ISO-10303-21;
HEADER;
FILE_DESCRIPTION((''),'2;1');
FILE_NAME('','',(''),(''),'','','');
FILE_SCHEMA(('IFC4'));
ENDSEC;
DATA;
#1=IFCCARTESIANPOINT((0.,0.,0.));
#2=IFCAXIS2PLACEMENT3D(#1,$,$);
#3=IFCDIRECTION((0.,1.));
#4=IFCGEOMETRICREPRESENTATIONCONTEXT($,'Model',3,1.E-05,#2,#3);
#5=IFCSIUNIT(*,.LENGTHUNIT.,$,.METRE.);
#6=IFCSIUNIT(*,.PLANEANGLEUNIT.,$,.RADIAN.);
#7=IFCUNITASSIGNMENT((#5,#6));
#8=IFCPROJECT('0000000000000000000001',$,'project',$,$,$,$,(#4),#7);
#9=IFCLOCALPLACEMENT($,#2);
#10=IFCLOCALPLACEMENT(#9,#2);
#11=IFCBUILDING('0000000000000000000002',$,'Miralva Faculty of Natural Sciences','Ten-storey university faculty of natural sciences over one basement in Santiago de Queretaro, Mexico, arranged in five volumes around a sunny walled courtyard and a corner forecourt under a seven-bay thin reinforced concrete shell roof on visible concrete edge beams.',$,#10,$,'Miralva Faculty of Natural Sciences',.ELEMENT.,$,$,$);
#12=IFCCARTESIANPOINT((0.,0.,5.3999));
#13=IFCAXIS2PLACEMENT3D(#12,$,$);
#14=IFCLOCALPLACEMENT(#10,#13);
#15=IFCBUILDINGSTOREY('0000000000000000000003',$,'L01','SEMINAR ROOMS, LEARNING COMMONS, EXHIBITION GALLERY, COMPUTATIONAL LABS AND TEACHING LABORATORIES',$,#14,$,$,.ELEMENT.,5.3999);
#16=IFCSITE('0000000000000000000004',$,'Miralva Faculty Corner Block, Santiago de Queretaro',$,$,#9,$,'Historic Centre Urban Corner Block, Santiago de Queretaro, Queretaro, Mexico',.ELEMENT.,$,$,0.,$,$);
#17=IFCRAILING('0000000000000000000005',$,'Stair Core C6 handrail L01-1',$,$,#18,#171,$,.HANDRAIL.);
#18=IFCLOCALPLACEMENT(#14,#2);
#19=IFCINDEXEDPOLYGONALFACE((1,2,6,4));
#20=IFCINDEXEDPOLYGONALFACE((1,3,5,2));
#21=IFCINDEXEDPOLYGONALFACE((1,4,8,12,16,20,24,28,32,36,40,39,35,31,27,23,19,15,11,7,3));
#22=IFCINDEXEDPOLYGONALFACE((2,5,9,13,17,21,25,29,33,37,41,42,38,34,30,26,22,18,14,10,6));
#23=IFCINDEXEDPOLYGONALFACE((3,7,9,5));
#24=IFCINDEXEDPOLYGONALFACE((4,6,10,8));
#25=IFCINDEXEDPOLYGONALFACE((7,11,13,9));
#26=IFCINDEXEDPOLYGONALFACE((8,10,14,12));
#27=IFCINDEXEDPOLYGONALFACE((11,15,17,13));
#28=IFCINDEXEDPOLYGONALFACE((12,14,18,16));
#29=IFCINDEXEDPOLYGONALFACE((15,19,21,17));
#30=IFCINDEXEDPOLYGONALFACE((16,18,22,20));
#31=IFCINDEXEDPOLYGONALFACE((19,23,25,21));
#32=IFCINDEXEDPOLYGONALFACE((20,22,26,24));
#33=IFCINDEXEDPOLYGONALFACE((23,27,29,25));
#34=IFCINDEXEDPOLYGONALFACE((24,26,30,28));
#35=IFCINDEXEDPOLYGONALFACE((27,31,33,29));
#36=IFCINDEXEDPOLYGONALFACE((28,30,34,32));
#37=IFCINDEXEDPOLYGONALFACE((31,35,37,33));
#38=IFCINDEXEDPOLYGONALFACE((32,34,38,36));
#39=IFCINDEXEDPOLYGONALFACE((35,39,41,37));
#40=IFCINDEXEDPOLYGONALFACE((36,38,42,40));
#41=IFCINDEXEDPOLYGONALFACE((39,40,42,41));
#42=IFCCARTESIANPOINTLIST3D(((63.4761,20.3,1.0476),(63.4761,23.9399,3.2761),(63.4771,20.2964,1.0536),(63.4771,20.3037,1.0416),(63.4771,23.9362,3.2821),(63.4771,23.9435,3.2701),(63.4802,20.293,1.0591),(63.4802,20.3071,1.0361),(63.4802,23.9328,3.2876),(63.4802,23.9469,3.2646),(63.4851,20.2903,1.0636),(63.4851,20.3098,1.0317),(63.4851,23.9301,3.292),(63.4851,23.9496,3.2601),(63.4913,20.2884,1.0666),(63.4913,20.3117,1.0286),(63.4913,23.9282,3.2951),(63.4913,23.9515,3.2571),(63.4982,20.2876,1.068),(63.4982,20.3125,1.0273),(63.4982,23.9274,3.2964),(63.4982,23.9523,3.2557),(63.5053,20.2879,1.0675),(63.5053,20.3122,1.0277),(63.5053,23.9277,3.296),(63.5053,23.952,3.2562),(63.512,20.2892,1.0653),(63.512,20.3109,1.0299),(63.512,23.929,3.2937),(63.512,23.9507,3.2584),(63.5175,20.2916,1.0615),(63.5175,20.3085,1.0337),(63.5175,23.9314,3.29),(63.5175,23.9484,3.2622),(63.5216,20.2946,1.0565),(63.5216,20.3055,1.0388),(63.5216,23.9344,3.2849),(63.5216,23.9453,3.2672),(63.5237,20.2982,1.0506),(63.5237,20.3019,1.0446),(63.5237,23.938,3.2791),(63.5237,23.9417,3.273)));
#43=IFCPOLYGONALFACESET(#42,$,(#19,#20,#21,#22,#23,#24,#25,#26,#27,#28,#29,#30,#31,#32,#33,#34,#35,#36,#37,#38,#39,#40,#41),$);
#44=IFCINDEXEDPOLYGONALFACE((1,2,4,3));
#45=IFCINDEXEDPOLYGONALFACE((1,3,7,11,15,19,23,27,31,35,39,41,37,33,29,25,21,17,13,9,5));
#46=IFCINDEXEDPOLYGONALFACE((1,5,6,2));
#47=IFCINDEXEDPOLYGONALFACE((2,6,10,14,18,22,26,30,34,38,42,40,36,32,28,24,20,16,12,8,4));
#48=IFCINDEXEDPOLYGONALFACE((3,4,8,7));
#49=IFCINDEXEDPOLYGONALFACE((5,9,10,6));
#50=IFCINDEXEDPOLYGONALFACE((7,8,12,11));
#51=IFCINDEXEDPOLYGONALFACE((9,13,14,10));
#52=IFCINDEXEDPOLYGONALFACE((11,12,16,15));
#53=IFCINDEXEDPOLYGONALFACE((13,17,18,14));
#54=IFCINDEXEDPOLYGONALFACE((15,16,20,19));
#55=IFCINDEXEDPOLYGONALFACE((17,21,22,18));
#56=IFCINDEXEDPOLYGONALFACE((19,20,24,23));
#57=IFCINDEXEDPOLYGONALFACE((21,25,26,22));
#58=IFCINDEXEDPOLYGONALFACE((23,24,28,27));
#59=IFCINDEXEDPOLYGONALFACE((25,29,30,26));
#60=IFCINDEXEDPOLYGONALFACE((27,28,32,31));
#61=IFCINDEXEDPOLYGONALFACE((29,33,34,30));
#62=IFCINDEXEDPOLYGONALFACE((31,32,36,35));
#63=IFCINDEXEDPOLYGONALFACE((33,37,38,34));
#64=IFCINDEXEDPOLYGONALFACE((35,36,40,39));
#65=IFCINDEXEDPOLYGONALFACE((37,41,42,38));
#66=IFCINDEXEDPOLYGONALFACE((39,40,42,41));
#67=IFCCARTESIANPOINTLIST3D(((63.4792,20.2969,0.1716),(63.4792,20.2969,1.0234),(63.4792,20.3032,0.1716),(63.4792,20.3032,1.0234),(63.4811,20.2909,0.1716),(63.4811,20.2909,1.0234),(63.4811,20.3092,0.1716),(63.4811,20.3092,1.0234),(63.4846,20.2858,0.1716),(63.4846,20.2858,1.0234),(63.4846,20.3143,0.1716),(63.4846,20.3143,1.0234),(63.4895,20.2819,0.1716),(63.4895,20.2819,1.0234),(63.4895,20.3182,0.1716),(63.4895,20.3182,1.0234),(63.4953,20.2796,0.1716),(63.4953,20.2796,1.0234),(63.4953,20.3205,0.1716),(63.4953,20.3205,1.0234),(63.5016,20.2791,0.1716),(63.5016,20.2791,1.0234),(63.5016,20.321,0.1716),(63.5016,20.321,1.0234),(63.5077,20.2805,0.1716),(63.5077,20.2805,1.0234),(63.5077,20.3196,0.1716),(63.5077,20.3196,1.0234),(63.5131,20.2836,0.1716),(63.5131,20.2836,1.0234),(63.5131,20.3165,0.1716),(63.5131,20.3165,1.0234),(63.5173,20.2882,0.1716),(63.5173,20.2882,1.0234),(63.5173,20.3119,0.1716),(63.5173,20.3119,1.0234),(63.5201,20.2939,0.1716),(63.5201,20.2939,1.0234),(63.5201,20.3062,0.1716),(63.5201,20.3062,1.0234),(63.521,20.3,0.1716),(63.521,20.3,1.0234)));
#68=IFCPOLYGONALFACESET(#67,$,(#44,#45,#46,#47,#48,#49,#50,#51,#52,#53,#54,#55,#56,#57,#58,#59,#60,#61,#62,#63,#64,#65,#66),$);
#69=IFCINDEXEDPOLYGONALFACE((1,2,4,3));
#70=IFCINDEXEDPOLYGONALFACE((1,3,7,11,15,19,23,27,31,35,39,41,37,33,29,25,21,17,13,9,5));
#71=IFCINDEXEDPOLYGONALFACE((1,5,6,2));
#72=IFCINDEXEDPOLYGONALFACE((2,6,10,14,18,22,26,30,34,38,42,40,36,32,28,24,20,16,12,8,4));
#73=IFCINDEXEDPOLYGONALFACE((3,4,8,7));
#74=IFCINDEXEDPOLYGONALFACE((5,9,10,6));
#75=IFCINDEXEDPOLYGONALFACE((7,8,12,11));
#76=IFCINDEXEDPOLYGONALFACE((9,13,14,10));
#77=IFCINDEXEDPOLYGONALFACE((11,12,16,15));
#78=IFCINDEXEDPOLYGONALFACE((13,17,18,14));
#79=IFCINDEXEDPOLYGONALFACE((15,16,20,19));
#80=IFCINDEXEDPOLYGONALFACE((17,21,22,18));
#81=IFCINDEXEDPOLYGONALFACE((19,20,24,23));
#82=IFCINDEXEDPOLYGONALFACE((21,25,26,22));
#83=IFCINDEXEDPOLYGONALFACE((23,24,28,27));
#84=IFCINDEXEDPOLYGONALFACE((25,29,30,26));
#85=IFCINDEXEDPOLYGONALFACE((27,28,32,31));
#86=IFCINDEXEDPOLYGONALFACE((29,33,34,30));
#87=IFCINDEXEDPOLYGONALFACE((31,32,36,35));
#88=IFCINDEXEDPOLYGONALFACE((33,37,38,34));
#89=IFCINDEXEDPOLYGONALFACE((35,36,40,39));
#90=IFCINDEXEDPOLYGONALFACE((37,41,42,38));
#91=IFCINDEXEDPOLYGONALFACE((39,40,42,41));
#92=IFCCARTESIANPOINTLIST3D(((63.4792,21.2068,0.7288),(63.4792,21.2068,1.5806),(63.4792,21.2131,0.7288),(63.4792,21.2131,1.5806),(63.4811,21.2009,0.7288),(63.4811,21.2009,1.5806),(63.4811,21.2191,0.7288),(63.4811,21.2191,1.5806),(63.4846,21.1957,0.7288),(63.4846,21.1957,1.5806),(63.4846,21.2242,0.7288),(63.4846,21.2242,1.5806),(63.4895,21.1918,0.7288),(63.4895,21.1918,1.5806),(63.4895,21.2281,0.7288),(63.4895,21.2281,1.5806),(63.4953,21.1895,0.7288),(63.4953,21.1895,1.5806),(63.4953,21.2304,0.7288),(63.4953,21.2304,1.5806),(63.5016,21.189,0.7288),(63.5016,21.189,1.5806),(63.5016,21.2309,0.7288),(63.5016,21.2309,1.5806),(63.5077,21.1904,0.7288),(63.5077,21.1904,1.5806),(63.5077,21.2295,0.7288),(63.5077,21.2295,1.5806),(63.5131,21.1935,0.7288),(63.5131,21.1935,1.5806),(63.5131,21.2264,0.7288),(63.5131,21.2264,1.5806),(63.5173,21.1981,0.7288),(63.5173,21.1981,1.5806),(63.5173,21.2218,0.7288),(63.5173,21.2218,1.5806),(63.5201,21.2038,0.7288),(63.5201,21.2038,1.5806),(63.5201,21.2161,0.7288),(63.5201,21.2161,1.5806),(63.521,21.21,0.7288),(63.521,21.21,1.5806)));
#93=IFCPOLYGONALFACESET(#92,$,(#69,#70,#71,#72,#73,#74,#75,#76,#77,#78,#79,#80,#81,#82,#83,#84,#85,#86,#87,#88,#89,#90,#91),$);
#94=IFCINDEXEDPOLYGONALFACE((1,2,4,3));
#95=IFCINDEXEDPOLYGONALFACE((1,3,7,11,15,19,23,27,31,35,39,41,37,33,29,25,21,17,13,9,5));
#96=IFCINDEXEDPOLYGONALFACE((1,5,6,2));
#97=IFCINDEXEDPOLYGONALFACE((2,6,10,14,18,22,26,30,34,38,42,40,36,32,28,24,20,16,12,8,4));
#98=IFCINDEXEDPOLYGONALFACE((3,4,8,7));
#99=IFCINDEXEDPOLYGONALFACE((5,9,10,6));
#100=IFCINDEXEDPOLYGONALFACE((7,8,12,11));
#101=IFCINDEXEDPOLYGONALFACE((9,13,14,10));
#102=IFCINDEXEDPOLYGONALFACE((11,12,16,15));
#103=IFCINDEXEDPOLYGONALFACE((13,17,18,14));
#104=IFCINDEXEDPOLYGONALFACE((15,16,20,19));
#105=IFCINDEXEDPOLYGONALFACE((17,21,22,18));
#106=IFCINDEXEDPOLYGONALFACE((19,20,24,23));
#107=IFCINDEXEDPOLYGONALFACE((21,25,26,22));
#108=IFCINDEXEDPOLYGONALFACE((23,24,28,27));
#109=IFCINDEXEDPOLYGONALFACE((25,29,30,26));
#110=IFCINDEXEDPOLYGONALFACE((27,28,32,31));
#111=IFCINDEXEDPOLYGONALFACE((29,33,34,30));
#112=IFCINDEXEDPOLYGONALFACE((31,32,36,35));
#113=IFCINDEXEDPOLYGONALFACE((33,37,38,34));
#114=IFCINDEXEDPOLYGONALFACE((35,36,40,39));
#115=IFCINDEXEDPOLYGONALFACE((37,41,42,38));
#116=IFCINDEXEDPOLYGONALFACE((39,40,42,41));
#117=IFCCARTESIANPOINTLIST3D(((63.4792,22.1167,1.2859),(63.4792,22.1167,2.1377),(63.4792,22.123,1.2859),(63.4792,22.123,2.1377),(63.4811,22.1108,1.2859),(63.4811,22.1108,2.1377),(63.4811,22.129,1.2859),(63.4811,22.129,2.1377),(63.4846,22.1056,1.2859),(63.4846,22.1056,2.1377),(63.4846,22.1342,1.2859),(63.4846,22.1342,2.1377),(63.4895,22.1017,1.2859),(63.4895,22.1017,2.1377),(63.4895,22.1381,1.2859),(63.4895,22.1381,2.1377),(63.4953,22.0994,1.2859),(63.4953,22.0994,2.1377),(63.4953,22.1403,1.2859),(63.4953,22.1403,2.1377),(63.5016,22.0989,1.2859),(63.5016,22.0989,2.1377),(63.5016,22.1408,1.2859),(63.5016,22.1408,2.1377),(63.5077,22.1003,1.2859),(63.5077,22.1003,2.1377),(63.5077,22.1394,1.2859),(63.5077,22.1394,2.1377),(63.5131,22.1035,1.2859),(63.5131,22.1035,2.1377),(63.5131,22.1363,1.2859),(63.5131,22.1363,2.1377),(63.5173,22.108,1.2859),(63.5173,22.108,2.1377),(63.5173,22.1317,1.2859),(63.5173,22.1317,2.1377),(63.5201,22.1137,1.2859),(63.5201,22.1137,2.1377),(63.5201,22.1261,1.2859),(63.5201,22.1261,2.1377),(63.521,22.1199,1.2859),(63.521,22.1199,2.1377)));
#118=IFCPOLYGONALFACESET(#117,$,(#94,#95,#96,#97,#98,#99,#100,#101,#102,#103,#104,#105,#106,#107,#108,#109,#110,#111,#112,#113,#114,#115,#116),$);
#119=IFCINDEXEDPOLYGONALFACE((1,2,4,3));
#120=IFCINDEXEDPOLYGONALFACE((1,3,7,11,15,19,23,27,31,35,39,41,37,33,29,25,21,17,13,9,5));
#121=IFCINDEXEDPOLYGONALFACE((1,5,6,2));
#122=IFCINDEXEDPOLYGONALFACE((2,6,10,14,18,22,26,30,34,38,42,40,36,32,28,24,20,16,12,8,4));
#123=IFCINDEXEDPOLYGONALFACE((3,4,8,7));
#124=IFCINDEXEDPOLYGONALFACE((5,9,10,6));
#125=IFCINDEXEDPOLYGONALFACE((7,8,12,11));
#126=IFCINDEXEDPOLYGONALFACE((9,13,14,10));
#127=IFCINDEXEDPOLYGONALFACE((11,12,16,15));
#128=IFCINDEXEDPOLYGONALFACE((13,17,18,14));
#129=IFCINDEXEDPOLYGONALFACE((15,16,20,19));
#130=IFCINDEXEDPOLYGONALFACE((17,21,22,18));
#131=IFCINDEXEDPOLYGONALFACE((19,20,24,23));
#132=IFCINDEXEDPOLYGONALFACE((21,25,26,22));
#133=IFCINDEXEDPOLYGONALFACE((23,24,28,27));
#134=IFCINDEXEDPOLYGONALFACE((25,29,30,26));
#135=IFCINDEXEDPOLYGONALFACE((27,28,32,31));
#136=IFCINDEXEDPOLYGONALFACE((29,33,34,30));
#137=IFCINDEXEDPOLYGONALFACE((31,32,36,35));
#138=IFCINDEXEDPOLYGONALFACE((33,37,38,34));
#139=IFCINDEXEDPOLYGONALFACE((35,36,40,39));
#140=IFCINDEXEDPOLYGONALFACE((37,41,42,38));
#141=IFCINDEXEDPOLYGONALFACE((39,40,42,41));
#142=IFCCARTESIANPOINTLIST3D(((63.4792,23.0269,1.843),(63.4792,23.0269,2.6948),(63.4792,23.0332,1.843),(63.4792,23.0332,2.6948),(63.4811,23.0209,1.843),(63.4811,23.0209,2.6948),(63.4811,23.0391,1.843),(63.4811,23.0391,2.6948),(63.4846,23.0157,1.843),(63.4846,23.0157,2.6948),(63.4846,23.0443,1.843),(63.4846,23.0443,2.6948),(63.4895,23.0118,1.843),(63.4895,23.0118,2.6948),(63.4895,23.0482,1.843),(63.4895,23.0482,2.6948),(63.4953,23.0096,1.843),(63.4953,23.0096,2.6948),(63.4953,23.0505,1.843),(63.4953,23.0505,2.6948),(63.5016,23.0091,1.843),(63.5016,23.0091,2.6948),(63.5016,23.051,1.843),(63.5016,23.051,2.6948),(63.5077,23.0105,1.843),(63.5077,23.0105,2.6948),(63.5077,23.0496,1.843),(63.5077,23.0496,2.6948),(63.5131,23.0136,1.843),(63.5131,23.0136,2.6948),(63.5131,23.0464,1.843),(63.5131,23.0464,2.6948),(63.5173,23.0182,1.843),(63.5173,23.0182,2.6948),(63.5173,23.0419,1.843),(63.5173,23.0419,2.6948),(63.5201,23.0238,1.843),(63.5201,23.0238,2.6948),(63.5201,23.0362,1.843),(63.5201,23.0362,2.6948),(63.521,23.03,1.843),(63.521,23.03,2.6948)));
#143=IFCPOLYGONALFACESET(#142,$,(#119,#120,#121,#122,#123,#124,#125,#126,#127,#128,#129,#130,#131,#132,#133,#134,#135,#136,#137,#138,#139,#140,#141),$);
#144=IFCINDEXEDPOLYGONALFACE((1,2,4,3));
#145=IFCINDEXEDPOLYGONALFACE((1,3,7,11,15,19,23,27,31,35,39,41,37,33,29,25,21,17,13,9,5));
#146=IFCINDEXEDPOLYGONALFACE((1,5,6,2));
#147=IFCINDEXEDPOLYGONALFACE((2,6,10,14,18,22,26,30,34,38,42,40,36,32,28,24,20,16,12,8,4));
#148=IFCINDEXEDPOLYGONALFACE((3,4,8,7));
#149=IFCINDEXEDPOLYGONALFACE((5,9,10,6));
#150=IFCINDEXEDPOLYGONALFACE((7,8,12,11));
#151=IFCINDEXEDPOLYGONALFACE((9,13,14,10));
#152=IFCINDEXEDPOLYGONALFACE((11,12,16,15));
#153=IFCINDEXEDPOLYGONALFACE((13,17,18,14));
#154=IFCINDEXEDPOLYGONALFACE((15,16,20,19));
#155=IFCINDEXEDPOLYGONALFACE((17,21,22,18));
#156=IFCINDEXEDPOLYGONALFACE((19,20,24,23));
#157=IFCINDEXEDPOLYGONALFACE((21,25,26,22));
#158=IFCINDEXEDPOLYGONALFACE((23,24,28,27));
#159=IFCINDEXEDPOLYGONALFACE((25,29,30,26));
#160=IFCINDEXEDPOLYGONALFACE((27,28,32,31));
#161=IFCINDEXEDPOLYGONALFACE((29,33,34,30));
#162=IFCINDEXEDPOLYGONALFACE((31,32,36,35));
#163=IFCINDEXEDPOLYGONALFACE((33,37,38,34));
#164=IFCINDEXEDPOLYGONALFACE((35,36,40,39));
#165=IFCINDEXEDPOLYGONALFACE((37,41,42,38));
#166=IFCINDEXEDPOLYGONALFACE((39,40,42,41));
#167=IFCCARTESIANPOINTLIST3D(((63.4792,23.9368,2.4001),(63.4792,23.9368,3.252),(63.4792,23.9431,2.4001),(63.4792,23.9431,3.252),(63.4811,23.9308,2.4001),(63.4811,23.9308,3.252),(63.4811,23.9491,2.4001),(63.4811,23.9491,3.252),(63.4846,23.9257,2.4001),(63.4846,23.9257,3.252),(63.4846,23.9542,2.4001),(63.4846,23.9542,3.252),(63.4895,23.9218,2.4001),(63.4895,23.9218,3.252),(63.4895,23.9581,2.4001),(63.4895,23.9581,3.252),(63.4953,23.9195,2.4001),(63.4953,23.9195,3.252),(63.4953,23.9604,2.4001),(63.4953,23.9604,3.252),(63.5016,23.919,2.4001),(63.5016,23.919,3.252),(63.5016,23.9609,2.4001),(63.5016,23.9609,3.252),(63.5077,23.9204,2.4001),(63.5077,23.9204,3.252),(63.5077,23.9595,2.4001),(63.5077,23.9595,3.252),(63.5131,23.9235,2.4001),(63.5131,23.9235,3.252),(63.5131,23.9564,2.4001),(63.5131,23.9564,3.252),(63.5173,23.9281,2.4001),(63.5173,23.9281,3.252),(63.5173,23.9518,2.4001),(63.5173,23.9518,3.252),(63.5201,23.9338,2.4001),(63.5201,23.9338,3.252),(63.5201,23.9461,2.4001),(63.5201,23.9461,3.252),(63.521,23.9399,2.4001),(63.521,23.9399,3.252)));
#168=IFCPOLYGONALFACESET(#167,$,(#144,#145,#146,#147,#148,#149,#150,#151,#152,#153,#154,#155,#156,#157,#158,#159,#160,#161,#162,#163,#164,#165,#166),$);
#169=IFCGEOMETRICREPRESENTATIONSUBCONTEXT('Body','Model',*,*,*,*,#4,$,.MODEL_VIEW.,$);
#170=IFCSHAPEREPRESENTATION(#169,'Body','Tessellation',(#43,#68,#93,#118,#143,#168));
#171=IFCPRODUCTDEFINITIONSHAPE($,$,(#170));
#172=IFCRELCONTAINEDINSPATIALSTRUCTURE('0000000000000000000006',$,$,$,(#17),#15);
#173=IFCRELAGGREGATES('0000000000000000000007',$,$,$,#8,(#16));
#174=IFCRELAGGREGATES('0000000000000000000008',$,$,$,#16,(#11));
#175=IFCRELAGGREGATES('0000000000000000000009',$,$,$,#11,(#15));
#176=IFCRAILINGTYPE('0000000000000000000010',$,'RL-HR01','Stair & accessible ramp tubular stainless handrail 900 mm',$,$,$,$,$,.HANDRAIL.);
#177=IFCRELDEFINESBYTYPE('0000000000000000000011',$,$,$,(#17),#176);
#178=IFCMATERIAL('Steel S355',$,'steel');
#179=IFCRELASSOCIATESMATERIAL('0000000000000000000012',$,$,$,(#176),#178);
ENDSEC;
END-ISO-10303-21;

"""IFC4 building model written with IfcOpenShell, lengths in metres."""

from ifc_helpers import new_model, si_unit, direction, frame, origin, origin_2d, place, context, subcontext, project, spatial, circle, extrude, material, type_object, element, save


model = new_model("IFC4")

# Units and contexts
model_context = context("Model", 3, precision=1e-05, world=origin(), true_north=direction((0.0, 1.0)))
body_context = subcontext(model_context, "Body", "Model", "MODEL_VIEW")
ifc_project = project(units=[si_unit("LENGTHUNIT", "METRE"), si_unit("PLANEANGLEUNIT", "RADIAN")], contexts=[model_context])

# Site, building, storey
site_placement = place(None, origin())
site = spatial("IfcSite", under=ifc_project, at=site_placement, Name="Miralva Faculty Corner Block, Santiago de Queretaro", LongName="Historic Centre Urban Corner Block, Santiago de Queretaro, Queretaro, Mexico", CompositionType="ELEMENT", RefElevation=0.0)
building_placement = place(site_placement, origin())
building = spatial("IfcBuilding", under=site, at=building_placement, Name="Miralva Faculty of Natural Sciences", Description="Ten-storey university faculty of natural sciences over one basement in Santiago de Queretaro, Mexico, arranged in five volumes around a sunny walled courtyard and a corner forecourt under a seven-bay thin reinforced concrete shell roof on visible concrete edge beams.", LongName="Miralva Faculty of Natural Sciences", CompositionType="ELEMENT")
storey_placement = place(building_placement, frame((0.0, 0.0, 5.3999)))
storey = spatial("IfcBuildingStorey", under=building, at=storey_placement, Name="L01", Description="SEMINAR ROOMS, LEARNING COMMONS, EXHIBITION GALLERY, COMPUTATIONAL LABS AND TEACHING LABORATORIES", CompositionType="ELEMENT", Elevation=5.3999)

# Railing
ifc_material_1 = material(Name="Steel S355", Category="steel")
railing_type_1 = type_object("IfcRailingType", Name="RL-HR01", Description="Stair & accessible ramp tubular stainless handrail 900 mm", PredefinedType="HANDRAIL", material=ifc_material_1)
railing_1_placement = place(storey_placement, frame((63.5, 20.3, 0.1716)))
element("IfcRailing", 1, at=railing_1_placement, inside=storey, type_object=railing_type_1, Name="Stair Core C6 handrail L01-1", PredefinedType="HANDRAIL", context=body_context, shape_type="SweptSolid", body=[
    extrude(circle(Radius=0.0239, at=origin_2d()), frame((0.0, 0.0, 0.876), z_axis=(0.0, 0.85285, 0.522156), x_axis=(-1.0, 0.0, 0.0)), (0.0, 0.0, 1.0), 4.2678),
    extrude(circle(Radius=0.021, at=origin_2d()), origin(), (0.0, 0.0, 1.0), 0.8518),
    extrude(circle(Radius=0.021, at=origin_2d()), frame((0.0, 0.9099, 0.5571)), (0.0, 0.0, 1.0), 0.8518),
    extrude(circle(Radius=0.021, at=origin_2d()), frame((0.0, 1.8198, 1.1143)), (0.0, 0.0, 1.0), 0.8518),
    extrude(circle(Radius=0.021, at=origin_2d()), frame((0.0, 2.73, 1.6714)), (0.0, 0.0, 1.0), 0.8518),
    extrude(circle(Radius=0.021, at=origin_2d()), frame((0.0, 3.6399, 2.2285)), (0.0, 0.0, 1.0), 0.8518),
])

save(model, "model.ifc")
